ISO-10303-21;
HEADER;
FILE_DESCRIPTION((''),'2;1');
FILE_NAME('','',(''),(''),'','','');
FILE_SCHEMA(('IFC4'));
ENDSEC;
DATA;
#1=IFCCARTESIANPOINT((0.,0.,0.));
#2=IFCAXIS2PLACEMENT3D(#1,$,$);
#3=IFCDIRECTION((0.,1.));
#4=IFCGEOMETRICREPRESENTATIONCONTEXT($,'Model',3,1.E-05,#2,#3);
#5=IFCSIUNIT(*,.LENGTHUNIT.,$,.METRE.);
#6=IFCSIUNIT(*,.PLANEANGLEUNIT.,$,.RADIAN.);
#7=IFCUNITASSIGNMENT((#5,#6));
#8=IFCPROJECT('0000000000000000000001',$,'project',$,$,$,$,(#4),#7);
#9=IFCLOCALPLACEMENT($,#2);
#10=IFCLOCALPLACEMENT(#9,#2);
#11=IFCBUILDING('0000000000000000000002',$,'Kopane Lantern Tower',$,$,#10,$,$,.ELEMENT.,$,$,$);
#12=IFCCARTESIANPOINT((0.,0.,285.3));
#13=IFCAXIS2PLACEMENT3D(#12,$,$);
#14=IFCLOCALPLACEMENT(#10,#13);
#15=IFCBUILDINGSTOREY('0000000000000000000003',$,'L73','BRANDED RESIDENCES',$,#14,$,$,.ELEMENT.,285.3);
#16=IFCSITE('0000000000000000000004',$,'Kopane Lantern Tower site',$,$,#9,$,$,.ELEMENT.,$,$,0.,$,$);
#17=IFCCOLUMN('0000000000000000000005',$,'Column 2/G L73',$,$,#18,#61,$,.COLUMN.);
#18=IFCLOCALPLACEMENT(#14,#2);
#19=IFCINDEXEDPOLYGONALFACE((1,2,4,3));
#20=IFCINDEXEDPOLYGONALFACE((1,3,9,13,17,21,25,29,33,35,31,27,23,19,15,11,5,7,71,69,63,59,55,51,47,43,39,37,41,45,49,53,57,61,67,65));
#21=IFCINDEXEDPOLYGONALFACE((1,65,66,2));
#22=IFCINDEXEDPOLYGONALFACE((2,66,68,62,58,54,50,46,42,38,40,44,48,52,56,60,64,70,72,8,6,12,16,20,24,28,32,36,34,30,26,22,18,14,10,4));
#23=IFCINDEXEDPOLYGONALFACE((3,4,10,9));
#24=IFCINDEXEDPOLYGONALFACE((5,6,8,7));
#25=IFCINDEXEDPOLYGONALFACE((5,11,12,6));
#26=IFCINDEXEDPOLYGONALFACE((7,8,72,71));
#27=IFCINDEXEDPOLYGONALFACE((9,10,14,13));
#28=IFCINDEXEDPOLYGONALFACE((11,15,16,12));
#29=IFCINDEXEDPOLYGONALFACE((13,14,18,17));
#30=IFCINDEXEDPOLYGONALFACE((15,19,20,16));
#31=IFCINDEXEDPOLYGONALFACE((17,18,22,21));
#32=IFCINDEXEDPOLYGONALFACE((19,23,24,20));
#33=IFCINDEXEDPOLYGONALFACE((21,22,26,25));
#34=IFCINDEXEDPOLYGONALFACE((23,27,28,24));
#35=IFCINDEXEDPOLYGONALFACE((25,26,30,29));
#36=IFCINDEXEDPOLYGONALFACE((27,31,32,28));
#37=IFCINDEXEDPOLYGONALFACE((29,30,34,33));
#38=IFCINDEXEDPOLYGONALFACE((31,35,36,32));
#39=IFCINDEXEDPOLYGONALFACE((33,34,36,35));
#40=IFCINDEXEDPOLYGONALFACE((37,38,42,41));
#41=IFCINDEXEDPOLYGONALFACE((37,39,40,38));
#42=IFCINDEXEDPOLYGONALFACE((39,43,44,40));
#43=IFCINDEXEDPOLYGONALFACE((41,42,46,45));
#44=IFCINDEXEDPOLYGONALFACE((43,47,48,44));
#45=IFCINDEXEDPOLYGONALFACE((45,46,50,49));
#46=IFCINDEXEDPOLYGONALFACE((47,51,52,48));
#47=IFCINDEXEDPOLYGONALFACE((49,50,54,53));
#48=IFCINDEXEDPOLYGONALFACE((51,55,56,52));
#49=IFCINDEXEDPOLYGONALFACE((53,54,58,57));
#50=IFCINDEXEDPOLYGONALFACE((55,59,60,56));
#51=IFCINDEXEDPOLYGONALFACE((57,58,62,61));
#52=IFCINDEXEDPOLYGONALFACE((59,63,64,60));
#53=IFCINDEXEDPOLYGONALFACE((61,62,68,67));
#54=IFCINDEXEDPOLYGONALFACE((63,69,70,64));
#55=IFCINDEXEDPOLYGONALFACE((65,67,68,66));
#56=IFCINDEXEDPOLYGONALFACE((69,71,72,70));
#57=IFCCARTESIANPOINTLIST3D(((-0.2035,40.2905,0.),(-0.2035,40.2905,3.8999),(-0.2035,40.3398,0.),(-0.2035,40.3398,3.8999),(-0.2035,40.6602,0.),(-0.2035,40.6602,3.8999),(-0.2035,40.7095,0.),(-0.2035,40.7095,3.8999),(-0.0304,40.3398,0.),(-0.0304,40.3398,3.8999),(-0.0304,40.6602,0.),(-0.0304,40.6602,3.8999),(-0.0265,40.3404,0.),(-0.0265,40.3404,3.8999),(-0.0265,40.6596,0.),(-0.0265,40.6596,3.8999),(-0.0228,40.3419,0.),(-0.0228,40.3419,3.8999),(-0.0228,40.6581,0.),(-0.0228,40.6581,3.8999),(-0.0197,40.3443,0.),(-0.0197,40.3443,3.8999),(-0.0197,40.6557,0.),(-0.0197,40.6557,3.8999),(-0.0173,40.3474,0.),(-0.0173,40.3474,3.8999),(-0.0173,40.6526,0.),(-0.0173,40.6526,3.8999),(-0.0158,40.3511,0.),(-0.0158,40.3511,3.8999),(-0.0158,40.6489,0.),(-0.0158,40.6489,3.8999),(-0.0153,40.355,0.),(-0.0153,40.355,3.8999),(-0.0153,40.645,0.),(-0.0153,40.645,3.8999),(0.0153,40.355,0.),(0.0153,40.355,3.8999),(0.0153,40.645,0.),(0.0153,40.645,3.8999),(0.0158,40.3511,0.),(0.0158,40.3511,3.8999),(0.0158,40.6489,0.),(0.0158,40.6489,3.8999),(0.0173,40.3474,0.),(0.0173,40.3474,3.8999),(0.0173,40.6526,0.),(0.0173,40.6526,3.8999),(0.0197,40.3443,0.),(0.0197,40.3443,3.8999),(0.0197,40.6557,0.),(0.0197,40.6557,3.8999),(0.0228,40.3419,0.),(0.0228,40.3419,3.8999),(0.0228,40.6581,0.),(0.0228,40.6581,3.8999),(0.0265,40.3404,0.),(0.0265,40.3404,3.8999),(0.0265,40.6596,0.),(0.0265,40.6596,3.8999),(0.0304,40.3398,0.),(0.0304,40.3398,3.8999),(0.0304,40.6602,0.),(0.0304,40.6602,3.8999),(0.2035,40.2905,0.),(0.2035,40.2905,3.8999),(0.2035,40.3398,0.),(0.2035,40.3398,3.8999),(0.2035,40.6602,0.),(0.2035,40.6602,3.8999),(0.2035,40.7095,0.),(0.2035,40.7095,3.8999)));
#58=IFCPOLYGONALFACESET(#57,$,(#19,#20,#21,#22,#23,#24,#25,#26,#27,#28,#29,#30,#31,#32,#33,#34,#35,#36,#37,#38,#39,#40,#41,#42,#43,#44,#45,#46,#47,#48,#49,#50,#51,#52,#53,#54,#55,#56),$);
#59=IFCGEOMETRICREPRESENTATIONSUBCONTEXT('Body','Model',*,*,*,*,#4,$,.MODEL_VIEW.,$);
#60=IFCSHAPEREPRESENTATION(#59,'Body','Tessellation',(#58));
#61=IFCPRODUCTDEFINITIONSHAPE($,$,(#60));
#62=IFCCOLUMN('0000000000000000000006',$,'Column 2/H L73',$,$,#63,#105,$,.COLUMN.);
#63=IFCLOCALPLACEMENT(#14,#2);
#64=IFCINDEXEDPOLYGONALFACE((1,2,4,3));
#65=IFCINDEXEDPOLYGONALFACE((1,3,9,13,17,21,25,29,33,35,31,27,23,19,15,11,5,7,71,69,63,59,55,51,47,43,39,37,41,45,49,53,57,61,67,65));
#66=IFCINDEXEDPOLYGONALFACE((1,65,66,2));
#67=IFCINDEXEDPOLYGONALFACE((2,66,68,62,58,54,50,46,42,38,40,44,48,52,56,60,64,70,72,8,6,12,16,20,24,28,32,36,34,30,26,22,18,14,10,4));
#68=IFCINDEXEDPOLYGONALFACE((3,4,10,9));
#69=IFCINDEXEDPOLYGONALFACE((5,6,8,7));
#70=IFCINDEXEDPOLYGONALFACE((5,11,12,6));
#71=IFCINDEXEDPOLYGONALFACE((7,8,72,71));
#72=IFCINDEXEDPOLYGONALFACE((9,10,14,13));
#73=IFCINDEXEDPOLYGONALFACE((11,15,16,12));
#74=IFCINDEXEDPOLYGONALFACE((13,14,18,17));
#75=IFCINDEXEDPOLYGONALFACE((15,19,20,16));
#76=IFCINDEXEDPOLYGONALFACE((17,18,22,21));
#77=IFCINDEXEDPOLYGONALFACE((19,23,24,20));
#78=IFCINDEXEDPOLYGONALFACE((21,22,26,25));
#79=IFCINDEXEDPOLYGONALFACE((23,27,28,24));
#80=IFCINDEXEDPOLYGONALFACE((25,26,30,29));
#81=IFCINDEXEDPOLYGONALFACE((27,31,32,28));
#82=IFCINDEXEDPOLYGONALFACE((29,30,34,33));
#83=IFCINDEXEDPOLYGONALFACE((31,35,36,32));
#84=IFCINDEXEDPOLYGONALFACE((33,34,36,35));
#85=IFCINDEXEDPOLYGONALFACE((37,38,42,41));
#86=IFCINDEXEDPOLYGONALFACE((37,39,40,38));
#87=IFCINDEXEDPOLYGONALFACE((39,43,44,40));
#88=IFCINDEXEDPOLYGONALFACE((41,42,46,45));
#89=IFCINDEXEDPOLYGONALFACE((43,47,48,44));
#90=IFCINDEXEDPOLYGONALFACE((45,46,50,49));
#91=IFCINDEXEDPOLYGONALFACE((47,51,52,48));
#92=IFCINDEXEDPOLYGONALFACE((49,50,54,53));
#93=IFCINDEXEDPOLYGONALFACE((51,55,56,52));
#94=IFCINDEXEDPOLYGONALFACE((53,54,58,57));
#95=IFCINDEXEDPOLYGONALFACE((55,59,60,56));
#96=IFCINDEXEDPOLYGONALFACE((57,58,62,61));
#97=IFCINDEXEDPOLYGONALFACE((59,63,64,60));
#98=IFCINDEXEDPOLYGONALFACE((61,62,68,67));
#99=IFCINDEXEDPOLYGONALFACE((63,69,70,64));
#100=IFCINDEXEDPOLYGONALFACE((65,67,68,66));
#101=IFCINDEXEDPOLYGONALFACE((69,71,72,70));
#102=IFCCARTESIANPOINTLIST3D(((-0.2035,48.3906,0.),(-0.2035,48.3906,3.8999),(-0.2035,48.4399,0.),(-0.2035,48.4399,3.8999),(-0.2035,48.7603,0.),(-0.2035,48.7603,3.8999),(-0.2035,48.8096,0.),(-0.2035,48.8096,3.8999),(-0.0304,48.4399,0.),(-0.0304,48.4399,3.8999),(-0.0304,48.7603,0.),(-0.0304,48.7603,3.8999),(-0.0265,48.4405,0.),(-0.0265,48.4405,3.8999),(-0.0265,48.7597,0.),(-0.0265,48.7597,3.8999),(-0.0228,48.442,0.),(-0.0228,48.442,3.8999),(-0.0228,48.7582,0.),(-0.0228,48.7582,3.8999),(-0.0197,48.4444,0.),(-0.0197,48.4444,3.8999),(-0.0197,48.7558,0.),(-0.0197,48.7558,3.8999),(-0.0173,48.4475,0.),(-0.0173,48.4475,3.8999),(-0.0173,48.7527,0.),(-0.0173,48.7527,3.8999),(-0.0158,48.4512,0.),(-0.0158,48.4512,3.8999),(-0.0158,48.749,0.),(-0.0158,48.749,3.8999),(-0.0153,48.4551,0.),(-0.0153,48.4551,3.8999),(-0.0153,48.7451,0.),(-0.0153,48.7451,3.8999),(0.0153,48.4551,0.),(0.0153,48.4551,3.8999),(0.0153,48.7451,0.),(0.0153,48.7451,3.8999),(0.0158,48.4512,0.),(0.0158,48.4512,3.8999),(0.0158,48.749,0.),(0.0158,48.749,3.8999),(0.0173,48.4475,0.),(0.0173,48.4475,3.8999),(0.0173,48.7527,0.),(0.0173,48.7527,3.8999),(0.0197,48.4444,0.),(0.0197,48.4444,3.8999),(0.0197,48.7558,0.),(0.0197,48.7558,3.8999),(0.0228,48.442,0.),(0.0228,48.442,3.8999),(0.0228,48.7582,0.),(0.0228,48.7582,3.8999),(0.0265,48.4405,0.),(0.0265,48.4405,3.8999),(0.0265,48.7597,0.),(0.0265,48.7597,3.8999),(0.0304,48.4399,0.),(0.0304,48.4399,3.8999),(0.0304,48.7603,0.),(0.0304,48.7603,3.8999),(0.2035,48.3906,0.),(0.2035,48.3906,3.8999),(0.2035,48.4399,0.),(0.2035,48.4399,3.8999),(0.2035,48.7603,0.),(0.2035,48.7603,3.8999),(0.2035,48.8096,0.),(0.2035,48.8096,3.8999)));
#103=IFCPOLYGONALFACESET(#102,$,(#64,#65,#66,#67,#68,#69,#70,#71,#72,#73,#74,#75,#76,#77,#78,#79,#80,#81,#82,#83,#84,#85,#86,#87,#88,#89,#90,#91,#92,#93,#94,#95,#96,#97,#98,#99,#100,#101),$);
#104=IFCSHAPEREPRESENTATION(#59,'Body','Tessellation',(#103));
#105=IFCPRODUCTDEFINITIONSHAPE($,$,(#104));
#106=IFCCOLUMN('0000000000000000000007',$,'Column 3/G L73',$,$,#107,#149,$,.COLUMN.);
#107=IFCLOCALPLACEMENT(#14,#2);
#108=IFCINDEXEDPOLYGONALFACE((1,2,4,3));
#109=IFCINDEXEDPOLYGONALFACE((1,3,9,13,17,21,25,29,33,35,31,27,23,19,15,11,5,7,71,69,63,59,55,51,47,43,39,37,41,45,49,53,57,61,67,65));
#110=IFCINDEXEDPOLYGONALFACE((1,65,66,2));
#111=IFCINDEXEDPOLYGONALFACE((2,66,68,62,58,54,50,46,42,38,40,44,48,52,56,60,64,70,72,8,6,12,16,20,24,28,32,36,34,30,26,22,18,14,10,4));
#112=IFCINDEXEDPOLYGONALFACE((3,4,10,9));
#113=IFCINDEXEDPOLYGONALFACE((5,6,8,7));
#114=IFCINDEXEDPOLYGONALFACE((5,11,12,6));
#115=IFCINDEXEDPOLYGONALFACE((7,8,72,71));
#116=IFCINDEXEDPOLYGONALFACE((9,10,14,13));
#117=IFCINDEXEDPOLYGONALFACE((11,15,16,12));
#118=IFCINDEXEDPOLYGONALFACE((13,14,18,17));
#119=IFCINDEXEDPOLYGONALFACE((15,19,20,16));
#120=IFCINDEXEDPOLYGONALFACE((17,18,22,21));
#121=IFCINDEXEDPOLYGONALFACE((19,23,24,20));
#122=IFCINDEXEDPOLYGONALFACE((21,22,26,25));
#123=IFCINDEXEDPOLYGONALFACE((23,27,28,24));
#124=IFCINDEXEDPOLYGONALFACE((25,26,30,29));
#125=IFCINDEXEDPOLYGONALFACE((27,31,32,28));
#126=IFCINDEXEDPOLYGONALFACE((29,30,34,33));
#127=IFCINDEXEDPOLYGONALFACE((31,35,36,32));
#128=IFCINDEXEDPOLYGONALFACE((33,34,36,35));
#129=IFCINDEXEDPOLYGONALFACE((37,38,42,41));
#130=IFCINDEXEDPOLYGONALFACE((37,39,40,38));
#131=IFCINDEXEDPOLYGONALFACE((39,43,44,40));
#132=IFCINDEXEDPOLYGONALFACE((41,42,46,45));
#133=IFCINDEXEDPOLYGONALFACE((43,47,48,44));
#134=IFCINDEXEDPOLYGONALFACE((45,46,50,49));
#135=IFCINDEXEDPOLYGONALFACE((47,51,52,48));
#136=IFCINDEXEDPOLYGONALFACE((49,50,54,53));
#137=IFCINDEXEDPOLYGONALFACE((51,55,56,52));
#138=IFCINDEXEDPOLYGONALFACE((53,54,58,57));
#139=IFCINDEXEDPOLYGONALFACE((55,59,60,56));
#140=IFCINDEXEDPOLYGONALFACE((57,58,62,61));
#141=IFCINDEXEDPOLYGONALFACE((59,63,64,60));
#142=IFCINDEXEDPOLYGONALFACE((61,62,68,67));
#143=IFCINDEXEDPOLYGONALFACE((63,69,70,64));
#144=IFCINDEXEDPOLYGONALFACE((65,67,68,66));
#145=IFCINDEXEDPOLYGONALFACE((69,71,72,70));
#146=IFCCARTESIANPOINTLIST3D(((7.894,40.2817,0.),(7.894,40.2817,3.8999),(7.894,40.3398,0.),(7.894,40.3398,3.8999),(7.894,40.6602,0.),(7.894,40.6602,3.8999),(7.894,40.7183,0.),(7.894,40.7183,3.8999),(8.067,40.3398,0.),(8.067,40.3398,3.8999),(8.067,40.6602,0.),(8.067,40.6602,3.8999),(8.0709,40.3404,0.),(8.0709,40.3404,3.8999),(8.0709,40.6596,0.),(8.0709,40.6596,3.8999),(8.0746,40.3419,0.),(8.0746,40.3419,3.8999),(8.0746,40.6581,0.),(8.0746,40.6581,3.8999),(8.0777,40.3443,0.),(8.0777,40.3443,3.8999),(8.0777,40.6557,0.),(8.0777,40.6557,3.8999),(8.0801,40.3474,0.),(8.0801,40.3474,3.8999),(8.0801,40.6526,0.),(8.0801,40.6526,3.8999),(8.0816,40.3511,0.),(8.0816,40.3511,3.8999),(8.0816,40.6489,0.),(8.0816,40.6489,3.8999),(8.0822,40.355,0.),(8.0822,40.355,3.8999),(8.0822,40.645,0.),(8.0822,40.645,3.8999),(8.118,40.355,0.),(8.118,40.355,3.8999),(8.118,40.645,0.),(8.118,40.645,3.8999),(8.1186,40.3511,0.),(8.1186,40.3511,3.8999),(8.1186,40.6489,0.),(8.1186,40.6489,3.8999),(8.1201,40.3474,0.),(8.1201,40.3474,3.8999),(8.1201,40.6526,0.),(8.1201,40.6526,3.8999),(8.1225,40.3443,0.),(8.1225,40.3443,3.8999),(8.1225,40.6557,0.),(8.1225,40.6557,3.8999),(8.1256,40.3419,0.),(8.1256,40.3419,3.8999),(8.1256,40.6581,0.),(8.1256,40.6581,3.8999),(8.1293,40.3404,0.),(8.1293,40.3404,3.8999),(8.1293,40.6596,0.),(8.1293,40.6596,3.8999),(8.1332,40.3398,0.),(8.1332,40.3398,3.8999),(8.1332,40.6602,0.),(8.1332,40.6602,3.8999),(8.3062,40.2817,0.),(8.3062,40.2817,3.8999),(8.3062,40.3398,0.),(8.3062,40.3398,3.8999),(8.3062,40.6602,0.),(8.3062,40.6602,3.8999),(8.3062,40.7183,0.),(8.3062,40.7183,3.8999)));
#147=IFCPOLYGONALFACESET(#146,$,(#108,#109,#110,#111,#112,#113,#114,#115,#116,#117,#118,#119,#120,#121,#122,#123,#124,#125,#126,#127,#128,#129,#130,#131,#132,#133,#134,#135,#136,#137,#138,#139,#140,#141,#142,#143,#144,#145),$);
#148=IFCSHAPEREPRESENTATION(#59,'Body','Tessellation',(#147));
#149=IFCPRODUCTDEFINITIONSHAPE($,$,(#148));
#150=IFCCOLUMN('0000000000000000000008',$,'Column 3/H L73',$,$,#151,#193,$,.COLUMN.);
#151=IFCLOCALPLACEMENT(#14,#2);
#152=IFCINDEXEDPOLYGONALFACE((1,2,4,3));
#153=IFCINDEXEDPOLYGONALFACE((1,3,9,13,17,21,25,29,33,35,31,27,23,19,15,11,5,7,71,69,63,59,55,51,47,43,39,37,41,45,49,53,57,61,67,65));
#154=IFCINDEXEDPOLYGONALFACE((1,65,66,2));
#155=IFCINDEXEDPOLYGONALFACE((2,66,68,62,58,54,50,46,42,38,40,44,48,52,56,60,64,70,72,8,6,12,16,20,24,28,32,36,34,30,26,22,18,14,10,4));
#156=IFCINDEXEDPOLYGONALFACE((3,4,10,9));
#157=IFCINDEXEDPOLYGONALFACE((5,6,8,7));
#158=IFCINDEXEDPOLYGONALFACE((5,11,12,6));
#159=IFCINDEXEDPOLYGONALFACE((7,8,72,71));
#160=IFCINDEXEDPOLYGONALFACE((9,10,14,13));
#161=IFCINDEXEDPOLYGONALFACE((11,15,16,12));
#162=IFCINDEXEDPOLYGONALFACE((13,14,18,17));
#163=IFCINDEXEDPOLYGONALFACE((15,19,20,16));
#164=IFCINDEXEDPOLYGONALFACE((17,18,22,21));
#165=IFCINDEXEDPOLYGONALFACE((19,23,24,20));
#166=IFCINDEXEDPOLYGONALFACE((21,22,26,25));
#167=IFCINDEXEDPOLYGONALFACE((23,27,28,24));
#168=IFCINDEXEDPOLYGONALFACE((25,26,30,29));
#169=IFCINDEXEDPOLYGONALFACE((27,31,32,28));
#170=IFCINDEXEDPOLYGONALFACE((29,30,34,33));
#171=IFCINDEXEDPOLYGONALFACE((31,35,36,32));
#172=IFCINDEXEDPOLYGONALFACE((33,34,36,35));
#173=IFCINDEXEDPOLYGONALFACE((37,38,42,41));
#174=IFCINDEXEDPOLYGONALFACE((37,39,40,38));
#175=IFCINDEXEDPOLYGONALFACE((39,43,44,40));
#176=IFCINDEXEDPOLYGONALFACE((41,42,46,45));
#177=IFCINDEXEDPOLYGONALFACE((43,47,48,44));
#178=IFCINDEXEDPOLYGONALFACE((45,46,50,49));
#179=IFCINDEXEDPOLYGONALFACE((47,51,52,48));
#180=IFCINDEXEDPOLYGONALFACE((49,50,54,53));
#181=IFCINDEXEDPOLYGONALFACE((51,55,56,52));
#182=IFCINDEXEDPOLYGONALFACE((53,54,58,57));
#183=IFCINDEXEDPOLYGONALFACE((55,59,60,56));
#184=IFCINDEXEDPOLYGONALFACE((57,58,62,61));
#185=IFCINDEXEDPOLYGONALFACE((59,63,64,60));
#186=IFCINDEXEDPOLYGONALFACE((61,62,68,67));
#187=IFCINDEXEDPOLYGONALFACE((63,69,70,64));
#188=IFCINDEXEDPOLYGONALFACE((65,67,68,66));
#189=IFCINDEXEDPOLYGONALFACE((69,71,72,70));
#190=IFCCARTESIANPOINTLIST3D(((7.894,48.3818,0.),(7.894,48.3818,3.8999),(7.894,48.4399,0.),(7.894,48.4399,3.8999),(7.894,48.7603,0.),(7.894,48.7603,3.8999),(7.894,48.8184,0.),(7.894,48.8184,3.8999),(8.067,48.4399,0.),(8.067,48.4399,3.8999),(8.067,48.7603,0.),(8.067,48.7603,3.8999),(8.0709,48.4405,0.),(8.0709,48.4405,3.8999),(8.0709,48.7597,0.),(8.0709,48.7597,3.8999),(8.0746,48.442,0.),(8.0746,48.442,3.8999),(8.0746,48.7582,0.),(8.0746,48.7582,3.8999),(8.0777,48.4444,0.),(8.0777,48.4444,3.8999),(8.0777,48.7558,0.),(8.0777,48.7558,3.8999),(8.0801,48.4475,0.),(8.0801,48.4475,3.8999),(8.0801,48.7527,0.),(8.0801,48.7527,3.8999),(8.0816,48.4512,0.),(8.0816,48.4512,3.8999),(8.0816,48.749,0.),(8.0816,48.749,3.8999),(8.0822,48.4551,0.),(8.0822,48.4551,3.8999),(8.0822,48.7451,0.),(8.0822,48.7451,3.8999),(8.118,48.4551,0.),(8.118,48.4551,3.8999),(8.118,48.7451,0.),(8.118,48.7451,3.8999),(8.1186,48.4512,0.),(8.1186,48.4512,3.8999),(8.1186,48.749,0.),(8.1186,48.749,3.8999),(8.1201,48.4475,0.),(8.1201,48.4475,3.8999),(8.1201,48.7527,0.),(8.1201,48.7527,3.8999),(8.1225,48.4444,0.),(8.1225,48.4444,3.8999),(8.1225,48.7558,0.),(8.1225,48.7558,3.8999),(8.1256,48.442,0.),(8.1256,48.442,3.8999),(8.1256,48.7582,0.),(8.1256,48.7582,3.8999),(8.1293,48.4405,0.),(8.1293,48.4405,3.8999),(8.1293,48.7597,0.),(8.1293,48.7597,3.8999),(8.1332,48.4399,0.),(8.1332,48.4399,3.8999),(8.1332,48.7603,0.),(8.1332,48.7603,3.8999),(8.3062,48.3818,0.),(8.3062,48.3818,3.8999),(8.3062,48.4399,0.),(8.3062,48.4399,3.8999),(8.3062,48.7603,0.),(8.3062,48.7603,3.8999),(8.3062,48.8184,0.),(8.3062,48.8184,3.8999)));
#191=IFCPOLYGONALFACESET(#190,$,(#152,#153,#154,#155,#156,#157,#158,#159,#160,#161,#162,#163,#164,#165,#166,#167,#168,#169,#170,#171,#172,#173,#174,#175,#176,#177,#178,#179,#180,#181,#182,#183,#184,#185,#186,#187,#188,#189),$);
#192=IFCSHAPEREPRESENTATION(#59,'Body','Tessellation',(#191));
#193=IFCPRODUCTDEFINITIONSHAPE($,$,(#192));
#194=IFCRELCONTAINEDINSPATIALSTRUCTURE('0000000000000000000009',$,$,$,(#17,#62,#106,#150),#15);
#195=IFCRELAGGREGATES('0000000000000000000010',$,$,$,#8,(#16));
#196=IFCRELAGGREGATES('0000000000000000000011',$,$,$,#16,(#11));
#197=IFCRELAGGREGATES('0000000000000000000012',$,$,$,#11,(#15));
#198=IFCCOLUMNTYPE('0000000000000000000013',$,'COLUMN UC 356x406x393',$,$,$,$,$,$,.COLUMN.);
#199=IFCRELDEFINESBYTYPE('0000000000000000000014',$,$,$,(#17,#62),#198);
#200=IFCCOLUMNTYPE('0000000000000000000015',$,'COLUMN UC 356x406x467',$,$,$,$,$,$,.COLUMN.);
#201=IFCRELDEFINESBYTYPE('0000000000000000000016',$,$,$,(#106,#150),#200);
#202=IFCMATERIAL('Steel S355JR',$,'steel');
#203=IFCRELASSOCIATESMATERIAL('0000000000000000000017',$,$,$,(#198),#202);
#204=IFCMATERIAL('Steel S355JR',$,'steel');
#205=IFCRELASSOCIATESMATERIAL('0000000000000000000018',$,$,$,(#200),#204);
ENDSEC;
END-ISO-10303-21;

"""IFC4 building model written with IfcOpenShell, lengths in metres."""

from ifc_helpers import new_model, si_unit, direction, frame, origin, origin_2d, place, context, subcontext, project, spatial, i_section, extrude, material, material_profile, profile_set, type_object, element, save


model = new_model("IFC4")

# Units and contexts
model_context = context("Model", 3, precision=1e-05, world=origin(), true_north=direction((0.0, 1.0)))
body_context = subcontext(model_context, "Body", "Model", "MODEL_VIEW")
ifc_project = project(units=[si_unit("LENGTHUNIT", "METRE"), si_unit("PLANEANGLEUNIT", "RADIAN")], contexts=[model_context])

# Site, building, storey
site_placement = place(None, origin())
site = spatial("IfcSite", under=ifc_project, at=site_placement, Name="Kopane Lantern Tower site", CompositionType="ELEMENT", RefElevation=0.0)
building_placement = place(site_placement, origin())
building = spatial("IfcBuilding", under=site, at=building_placement, Name="Kopane Lantern Tower", CompositionType="ELEMENT")
storey_placement = place(building_placement, frame((0.0, 0.0, 285.3)))
storey = spatial("IfcBuildingStorey", under=building, at=storey_placement, Name="L73", Description="BRANDED RESIDENCES", CompositionType="ELEMENT", Elevation=285.3)

# Columns
ifc_material_1 = material(Name="Steel S355JR", Category="steel")
ifc_material_profile_1 = material_profile(ifc_material_1, i_section(OverallWidth=0.407, OverallDepth=0.4189, WebThickness=0.0305, FlangeThickness=0.0493, FilletRadius=0.0151, at=origin_2d()), Name="UC 356x406x393")
ifc_profile_set_1 = profile_set([ifc_material_profile_1], Name="Steel S355JR")
column_type_1 = type_object("IfcColumnType", Name="COLUMN UC 356x406x393", PredefinedType="COLUMN", material=ifc_profile_set_1)
for number, where, z_axis, x_axis, name in (
    (1, (0.0, 40.5, 0.0), (0.0, 0.0, 1.0), (1.0, 0.0, 0.0), "Column 2/G L73"),
    (2, (0.0, 48.6001, 0.0), (0.0, 0.0, 1.0), (1.0, 0.0, 0.0), "Column 2/H L73"),
):
    element("IfcColumn", number, at=place(storey_placement, frame(where, z_axis=z_axis, x_axis=x_axis)), inside=storey, type_object=column_type_1, Name=name, PredefinedType="COLUMN", context=body_context, shape_type="SweptSolid", body=[
        extrude(i_section(OverallWidth=0.407, OverallDepth=0.4189, WebThickness=0.0305, FlangeThickness=0.0493, FilletRadius=0.0151, at=origin_2d()), origin(), (0.0, 0.0, 1.0), 3.8999),
    ])
ifc_material_2 = material(Name="Steel S355JR", Category="steel")
ifc_material_profile_2 = material_profile(ifc_material_2, i_section(OverallWidth=0.4121, OverallDepth=0.4365, WebThickness=0.0359, FlangeThickness=0.0581, FilletRadius=0.0151, at=origin_2d()), Name="UC 356x406x467")
ifc_profile_set_2 = profile_set([ifc_material_profile_2], Name="Steel S355JR")
column_type_2 = type_object("IfcColumnType", Name="COLUMN UC 356x406x467", PredefinedType="COLUMN", material=ifc_profile_set_2)
for number, where, z_axis, x_axis, name in (
    (3, (8.1001, 40.5, 0.0), (0.0, 0.0, 1.0), (1.0, 0.0, 0.0), "Column 3/G L73"),
    (4, (8.1001, 48.6001, 0.0), (0.0, 0.0, 1.0), (1.0, 0.0, 0.0), "Column 3/H L73"),
):
    element("IfcColumn", number, at=place(storey_placement, frame(where, z_axis=z_axis, x_axis=x_axis)), inside=storey, type_object=column_type_2, Name=name, PredefinedType="COLUMN", context=body_context, shape_type="SweptSolid", body=[
        extrude(i_section(OverallWidth=0.4121, OverallDepth=0.4365, WebThickness=0.0359, FlangeThickness=0.0581, FilletRadius=0.0151, at=origin_2d()), origin(), (0.0, 0.0, 1.0), 3.8999),
    ])

save(model, "model.ifc")
